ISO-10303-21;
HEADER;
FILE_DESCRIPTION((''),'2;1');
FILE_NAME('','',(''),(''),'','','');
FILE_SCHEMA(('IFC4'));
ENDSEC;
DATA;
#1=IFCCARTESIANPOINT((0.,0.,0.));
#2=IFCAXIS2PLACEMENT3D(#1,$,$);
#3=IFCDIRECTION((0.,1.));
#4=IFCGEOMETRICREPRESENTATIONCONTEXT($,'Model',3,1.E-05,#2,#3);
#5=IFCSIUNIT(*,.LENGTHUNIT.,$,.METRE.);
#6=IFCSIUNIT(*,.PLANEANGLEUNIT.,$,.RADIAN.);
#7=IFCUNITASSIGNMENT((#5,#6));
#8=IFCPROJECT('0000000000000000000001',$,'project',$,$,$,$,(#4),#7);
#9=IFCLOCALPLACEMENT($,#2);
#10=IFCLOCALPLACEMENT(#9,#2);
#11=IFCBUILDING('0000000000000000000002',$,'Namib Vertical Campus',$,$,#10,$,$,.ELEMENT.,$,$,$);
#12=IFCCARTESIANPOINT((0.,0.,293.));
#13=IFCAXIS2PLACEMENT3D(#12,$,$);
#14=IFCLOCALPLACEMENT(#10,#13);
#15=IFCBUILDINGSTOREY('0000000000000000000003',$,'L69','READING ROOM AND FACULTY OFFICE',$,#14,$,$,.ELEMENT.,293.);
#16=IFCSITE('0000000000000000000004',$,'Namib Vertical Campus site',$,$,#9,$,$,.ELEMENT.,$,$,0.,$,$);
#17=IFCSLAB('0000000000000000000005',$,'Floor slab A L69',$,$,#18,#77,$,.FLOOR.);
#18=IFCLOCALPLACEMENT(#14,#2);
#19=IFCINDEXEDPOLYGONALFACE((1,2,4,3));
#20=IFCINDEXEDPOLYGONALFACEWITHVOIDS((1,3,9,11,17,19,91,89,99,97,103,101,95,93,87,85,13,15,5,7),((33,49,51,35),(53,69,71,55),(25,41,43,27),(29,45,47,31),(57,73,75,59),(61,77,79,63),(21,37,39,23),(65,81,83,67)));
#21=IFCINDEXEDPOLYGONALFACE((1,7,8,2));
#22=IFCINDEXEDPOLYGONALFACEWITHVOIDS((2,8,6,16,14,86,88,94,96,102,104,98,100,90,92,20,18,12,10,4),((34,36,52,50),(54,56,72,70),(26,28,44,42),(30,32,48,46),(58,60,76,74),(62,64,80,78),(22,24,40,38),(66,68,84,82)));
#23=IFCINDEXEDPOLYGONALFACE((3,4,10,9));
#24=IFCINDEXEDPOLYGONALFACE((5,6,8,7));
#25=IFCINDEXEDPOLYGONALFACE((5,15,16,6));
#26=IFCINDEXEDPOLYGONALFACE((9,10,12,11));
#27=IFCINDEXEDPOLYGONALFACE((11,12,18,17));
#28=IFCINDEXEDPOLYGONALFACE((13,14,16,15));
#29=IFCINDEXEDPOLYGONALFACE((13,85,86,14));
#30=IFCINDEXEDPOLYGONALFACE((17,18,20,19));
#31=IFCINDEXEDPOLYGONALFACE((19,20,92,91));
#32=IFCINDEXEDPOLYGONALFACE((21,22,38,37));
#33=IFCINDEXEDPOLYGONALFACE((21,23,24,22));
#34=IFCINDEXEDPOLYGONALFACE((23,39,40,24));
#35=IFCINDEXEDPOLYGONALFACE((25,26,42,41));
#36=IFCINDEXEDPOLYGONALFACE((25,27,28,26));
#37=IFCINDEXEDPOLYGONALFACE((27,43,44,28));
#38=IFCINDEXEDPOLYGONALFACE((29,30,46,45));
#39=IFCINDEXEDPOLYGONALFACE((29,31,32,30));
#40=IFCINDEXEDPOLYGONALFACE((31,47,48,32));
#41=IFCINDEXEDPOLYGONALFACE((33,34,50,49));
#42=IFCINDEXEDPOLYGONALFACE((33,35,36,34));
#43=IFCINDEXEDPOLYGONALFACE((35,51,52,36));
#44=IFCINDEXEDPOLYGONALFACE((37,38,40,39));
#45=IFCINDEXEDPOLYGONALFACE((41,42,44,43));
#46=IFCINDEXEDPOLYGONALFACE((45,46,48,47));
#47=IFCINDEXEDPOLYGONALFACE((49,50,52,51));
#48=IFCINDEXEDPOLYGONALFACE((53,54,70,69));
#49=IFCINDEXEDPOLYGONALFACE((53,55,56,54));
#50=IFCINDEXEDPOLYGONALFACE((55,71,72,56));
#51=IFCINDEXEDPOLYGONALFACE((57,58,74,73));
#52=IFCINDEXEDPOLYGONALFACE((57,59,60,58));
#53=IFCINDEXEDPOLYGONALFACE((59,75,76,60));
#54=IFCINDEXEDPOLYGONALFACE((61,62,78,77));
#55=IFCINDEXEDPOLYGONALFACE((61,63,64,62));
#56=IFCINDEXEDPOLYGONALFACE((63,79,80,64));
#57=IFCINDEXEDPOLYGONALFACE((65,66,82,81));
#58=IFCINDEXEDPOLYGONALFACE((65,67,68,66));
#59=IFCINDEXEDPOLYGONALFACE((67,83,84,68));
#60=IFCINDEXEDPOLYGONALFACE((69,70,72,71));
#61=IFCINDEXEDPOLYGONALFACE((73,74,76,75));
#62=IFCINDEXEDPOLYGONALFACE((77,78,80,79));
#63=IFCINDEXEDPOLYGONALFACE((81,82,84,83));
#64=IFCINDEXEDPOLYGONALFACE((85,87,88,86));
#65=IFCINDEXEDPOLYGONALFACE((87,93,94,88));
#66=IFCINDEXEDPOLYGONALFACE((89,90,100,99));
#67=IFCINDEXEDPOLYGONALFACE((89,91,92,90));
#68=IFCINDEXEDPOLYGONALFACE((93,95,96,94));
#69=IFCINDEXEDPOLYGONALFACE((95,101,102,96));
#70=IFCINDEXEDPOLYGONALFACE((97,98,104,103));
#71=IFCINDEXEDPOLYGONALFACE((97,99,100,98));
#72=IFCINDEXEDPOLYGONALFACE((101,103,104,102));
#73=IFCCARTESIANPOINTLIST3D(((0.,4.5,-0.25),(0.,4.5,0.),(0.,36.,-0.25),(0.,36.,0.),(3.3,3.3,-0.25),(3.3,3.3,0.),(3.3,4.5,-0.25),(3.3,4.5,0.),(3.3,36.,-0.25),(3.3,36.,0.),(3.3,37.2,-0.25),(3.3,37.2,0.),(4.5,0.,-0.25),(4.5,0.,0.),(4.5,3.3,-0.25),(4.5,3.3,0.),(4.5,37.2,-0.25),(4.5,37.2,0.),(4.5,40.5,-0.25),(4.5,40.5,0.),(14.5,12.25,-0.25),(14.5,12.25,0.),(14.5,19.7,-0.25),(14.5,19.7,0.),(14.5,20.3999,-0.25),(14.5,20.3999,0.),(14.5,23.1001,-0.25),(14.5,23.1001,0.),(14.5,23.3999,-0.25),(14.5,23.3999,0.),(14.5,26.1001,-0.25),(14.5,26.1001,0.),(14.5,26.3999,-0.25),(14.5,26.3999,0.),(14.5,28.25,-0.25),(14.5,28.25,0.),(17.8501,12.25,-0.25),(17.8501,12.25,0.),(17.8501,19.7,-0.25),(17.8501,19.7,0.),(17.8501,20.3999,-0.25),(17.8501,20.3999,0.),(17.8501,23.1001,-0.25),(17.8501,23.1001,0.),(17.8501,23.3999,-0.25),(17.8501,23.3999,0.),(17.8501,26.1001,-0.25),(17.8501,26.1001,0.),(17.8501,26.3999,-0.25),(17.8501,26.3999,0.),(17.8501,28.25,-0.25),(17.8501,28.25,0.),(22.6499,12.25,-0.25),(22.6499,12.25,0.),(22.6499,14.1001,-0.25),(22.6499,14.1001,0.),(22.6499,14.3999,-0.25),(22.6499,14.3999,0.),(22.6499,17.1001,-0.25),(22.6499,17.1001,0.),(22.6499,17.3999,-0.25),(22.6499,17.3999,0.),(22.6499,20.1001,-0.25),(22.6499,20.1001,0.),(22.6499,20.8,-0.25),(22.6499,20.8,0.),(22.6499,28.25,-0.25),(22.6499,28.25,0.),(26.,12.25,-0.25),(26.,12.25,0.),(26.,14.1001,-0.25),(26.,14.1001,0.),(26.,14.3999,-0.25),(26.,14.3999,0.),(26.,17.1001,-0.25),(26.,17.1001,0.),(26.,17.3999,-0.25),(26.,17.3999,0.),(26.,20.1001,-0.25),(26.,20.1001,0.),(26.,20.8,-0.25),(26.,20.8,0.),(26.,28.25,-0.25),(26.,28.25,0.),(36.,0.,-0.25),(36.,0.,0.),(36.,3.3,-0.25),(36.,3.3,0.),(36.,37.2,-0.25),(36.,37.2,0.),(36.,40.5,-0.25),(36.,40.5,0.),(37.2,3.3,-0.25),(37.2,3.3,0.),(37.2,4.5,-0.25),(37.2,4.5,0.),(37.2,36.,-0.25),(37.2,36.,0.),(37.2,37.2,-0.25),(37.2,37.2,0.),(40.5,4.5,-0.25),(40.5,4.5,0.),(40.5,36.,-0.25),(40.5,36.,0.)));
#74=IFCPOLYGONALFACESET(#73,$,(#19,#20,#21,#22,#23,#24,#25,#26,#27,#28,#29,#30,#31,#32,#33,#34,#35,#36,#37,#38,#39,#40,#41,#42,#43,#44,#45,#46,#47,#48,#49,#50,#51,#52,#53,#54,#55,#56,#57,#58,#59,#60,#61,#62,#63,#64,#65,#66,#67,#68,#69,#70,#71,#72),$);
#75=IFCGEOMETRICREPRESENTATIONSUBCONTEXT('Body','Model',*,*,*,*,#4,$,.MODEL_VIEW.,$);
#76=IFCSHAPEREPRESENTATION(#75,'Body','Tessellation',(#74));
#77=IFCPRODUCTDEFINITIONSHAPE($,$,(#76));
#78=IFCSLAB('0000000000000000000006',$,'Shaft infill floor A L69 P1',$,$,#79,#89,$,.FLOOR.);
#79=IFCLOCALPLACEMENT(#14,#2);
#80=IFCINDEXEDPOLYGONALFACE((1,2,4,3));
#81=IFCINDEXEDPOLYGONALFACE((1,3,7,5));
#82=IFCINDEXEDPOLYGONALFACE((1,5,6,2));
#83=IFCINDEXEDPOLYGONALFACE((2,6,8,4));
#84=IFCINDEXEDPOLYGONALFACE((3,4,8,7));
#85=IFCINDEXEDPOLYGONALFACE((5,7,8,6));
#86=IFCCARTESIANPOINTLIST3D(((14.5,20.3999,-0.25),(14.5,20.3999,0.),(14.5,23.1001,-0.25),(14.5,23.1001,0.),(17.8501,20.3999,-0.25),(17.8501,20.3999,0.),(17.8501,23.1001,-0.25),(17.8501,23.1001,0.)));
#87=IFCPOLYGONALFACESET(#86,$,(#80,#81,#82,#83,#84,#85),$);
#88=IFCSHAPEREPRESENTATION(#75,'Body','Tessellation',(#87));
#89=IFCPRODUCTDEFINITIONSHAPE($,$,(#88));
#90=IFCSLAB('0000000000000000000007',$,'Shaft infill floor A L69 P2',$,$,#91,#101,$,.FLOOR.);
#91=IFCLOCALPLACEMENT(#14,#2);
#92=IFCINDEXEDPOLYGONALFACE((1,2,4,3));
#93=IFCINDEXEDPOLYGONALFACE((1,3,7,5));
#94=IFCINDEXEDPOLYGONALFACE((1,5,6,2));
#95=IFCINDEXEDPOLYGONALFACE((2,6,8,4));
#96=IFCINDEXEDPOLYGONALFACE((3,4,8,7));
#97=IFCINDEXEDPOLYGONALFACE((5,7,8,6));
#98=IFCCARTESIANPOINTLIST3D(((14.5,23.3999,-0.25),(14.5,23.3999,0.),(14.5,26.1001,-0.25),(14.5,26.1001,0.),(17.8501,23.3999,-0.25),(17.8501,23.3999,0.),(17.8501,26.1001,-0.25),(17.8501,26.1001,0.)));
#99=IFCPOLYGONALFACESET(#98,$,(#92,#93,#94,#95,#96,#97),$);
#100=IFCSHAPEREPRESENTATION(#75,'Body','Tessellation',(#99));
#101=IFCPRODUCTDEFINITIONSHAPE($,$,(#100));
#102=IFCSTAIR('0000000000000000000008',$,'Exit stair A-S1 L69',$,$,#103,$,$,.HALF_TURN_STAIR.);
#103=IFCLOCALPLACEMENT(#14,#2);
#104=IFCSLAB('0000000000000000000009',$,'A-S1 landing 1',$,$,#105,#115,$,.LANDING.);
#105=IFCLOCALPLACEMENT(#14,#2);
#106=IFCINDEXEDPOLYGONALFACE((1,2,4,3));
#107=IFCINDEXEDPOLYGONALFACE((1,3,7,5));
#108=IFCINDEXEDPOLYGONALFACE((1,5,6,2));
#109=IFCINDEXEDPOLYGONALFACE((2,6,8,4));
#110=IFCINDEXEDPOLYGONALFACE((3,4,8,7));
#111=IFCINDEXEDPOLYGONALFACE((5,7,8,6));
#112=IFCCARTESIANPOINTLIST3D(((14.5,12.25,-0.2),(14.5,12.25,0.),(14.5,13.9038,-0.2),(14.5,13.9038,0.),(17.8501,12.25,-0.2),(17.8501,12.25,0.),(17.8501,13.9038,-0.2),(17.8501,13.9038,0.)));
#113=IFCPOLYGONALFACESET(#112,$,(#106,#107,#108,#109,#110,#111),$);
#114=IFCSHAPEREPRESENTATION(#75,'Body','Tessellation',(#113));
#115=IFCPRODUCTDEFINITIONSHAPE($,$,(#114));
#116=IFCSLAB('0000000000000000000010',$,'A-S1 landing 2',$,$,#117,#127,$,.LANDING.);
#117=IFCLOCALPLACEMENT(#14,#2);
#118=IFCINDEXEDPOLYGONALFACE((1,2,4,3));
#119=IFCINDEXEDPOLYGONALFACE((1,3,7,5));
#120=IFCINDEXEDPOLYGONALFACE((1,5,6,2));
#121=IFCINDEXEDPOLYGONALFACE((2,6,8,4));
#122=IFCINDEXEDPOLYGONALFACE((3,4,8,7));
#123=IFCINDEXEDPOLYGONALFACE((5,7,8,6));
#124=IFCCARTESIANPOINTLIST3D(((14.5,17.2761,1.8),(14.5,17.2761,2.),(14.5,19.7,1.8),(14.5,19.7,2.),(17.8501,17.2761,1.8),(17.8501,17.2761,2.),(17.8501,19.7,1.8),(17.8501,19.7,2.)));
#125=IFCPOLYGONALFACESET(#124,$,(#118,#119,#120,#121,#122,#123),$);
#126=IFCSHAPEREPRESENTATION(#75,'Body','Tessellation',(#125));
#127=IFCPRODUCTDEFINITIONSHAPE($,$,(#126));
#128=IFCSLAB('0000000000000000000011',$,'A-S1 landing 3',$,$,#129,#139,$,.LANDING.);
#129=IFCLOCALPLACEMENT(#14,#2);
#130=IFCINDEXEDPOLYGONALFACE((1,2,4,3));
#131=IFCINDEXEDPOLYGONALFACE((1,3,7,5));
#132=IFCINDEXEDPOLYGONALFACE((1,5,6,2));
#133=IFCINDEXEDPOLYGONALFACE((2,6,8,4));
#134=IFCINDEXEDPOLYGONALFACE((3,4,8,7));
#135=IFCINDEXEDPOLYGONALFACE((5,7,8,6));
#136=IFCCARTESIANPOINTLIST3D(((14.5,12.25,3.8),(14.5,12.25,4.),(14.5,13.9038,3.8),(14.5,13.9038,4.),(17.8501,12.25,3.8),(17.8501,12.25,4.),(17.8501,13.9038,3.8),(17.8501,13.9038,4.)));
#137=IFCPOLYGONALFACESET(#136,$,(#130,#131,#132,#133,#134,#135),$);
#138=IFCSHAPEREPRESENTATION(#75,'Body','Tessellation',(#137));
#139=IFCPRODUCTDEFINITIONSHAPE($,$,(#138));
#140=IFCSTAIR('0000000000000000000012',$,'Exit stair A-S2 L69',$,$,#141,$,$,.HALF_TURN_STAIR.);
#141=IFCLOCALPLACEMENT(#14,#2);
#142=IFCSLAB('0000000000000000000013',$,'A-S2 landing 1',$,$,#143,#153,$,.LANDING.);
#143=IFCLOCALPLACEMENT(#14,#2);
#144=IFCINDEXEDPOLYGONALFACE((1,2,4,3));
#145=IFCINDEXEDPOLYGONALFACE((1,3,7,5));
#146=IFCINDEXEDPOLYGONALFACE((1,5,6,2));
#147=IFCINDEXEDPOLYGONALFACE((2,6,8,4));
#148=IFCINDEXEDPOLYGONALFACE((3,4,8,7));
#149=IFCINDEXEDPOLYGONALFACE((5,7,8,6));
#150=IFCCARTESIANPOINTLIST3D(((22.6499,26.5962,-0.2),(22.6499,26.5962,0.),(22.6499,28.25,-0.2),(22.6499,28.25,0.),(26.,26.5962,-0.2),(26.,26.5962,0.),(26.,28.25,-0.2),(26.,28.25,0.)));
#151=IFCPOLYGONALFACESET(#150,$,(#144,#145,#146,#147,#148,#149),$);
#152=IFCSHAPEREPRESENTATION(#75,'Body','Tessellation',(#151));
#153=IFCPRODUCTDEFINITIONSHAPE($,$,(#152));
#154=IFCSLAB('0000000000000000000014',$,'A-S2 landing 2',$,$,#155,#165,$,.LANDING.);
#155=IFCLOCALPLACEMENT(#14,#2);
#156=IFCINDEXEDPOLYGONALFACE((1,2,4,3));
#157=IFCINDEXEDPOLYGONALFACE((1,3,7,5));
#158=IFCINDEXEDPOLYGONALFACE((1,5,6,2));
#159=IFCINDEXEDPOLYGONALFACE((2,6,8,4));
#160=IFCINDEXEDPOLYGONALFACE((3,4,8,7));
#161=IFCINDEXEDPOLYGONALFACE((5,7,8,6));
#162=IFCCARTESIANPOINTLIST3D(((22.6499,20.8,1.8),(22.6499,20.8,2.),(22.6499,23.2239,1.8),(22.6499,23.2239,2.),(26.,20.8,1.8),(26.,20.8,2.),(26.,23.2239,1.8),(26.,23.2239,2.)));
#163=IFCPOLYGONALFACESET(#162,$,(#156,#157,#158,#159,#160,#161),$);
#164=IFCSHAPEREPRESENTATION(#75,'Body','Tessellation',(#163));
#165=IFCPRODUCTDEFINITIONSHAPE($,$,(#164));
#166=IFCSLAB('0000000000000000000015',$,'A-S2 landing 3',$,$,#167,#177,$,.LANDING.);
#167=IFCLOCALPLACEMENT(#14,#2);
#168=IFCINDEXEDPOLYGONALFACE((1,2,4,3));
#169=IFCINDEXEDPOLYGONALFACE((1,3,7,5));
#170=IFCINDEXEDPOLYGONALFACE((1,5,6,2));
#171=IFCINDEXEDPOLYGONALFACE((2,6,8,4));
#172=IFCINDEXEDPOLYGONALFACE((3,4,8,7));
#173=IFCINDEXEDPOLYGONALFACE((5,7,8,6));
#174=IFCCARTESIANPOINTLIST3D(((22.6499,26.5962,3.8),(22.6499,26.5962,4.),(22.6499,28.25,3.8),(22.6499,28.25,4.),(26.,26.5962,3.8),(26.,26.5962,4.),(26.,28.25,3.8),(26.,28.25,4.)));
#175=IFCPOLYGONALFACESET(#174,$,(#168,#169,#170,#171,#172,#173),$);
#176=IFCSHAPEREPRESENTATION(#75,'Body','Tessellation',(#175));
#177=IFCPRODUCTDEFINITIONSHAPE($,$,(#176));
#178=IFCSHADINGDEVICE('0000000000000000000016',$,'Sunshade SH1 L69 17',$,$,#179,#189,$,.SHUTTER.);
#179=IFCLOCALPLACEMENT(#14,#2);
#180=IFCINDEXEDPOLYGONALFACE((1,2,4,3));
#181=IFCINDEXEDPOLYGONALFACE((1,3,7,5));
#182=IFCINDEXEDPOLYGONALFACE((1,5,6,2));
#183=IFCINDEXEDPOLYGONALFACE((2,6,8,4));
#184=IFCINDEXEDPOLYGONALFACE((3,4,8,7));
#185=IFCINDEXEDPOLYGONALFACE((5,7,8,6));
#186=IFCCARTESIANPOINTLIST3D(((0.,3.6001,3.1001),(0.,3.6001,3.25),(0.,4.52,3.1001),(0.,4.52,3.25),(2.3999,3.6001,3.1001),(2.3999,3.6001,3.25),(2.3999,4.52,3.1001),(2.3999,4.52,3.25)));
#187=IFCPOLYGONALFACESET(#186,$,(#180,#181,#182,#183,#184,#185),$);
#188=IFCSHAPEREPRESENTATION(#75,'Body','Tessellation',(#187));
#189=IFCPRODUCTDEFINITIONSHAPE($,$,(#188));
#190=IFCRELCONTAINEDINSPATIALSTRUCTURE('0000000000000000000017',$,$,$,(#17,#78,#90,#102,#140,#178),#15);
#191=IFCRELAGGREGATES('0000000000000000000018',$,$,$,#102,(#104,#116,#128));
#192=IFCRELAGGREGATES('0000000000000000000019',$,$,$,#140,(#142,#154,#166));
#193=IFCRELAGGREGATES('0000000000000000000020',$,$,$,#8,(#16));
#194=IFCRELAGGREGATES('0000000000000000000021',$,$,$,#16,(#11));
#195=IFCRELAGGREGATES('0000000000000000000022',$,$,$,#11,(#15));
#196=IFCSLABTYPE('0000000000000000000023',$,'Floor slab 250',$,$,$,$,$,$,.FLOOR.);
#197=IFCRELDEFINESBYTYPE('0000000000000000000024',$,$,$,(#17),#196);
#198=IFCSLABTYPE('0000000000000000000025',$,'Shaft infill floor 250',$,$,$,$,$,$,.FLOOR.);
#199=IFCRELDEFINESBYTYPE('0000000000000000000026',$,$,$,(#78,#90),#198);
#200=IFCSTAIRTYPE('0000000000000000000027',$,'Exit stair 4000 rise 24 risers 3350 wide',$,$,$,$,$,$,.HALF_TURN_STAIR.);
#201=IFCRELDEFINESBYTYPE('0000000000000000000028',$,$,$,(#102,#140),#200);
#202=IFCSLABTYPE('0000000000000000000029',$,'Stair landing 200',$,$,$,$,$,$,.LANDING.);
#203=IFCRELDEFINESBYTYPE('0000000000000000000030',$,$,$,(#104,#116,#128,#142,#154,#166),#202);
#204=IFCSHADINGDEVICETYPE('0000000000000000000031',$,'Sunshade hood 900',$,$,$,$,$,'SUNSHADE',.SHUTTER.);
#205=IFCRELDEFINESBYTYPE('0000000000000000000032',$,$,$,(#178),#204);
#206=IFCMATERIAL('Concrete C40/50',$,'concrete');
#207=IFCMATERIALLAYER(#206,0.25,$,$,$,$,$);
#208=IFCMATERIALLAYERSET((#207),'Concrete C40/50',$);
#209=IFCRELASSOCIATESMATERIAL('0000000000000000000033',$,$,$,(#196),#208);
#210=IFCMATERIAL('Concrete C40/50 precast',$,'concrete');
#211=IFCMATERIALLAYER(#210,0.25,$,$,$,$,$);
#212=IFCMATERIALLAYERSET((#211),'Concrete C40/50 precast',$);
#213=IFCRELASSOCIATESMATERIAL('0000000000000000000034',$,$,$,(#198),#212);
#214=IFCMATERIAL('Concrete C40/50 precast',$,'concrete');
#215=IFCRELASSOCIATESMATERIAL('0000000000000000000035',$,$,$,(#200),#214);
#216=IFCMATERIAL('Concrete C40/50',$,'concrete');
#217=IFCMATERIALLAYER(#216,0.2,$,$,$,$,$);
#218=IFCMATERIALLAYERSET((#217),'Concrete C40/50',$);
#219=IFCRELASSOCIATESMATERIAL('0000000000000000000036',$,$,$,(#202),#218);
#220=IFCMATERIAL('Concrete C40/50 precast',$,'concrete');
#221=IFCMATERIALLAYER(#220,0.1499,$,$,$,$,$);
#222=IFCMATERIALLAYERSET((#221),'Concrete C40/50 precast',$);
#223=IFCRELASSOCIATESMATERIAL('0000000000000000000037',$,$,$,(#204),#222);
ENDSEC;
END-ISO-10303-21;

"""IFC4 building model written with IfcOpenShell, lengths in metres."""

from ifc_helpers import new_model, si_unit, direction, frame, origin, origin_2d, place, context, subcontext, project, spatial, polyline, rectangle, outline, extrude, material, layer, layer_set, type_object, element, aggregate, save


model = new_model("IFC4")

# Units and contexts
model_context = context("Model", 3, precision=1e-05, world=origin(), true_north=direction((0.0, 1.0)))
body_context = subcontext(model_context, "Body", "Model", "MODEL_VIEW")
ifc_project = project(units=[si_unit("LENGTHUNIT", "METRE"), si_unit("PLANEANGLEUNIT", "RADIAN")], contexts=[model_context])

# Site, building, storey
site_placement = place(None, origin())
site = spatial("IfcSite", under=ifc_project, at=site_placement, Name="Namib Vertical Campus site", CompositionType="ELEMENT", RefElevation=0.0)
building_placement = place(site_placement, origin())
building = spatial("IfcBuilding", under=site, at=building_placement, Name="Namib Vertical Campus", CompositionType="ELEMENT")
storey_placement = place(building_placement, frame((0.0, 0.0, 293.0)))
storey = spatial("IfcBuildingStorey", under=building, at=storey_placement, Name="L69", Description="READING ROOM AND FACULTY OFFICE", CompositionType="ELEMENT", Elevation=293.0)

# Slabs
ifc_material_1 = material(Name="Concrete C40/50", Category="concrete")
ifc_layer_1 = layer(ifc_material_1, 0.25)
ifc_layer_set_1 = layer_set([ifc_layer_1], Name="Concrete C40/50")
slab_type_1 = type_object("IfcSlabType", Name="Floor slab 250", PredefinedType="FLOOR", material=ifc_layer_set_1)
slab_1_placement = place(storey_placement, frame((0.0, 0.0, -0.25)))
element("IfcSlab", 1, at=slab_1_placement, inside=storey, type_object=slab_type_1, Name="Floor slab A L69", PredefinedType="FLOOR", context=body_context, shape_type="SweptSolid", body=[
    extrude(outline(polyline([(4.5, 0.0), (36.0, 0.0), (36.0, 3.3), (37.2, 3.3), (37.2, 4.5), (40.5, 4.5), (40.5, 36.0), (37.2, 36.0), (37.2, 37.2), (36.0, 37.2), (36.0, 40.5), (4.5, 40.5), (4.5, 37.2), (3.3, 37.2), (3.3, 36.0), (0.0, 36.0), (0.0, 4.5), (3.3, 4.5), (3.3, 3.3), (4.5, 3.3), (4.5, 0.0)]), holes=[polyline([(14.5, 12.25), (17.8501, 12.25), (17.8501, 19.7), (14.5, 19.7), (14.5, 12.25)]), polyline([(22.6499, 20.8), (26.0, 20.8), (26.0, 28.25), (22.6499, 28.25), (22.6499, 20.8)]), polyline([(22.6499, 12.25), (26.0, 12.25), (26.0, 14.1001), (22.6499, 14.1001), (22.6499, 12.25)]), polyline([(14.5, 20.3999), (17.8501, 20.3999), (17.8501, 23.1001), (14.5, 23.1001), (14.5, 20.3999)]), polyline([(14.5, 23.3999), (17.8501, 23.3999), (17.8501, 26.1001), (14.5, 26.1001), (14.5, 23.3999)]), polyline([(14.5, 26.3999), (17.8501, 26.3999), (17.8501, 28.25), (14.5, 28.25), (14.5, 26.3999)]), polyline([(22.6499, 14.3999), (26.0, 14.3999), (26.0, 17.1001), (22.6499, 17.1001), (22.6499, 14.3999)]), polyline([(22.6499, 17.3999), (26.0, 17.3999), (26.0, 20.1001), (22.6499, 20.1001), (22.6499, 17.3999)])]), origin(), (0.0, 0.0, 1.0), 0.25),
])
ifc_material_2 = material(Name="Concrete C40/50 precast", Category="concrete")
ifc_layer_2 = layer(ifc_material_2, 0.25)
ifc_layer_set_2 = layer_set([ifc_layer_2], Name="Concrete C40/50 precast")
slab_type_2 = type_object("IfcSlabType", Name="Shaft infill floor 250", PredefinedType="FLOOR", material=ifc_layer_set_2)
slab_2_placement = place(storey_placement, frame((0.0, 0.0, -0.25)))
element("IfcSlab", 2, at=slab_2_placement, inside=storey, type_object=slab_type_2, Name="Shaft infill floor A L69 P1", PredefinedType="FLOOR", context=body_context, shape_type="SweptSolid", body=[
    extrude(outline(polyline([(14.5, 20.3999), (17.8501, 20.3999), (17.8501, 23.1001), (14.5, 23.1001), (14.5, 20.3999)])), origin(), (0.0, 0.0, 1.0), 0.25),
])
slab_3_placement = place(storey_placement, frame((0.0, 0.0, -0.25)))
element("IfcSlab", 3, at=slab_3_placement, inside=storey, type_object=slab_type_2, Name="Shaft infill floor A L69 P2", PredefinedType="FLOOR", context=body_context, shape_type="SweptSolid", body=[
    extrude(outline(polyline([(14.5, 23.3999), (17.8501, 23.3999), (17.8501, 26.1001), (14.5, 26.1001), (14.5, 23.3999)])), origin(), (0.0, 0.0, 1.0), 0.25),
])

# Stairs, slabs
ifc_material_3 = material(Name="Concrete C40/50 precast", Category="concrete")
stair_type = type_object("IfcStairType", Name="Exit stair 4000 rise 24 risers 3350 wide", PredefinedType="HALF_TURN_STAIR", material=ifc_material_3)
stair_1_placement = place(storey_placement, origin())
stair_1 = element("IfcStair", 4, at=stair_1_placement, inside=storey, type_object=stair_type, Name="Exit stair A-S1 L69", PredefinedType="HALF_TURN_STAIR")
ifc_material_4 = material(Name="Concrete C40/50", Category="concrete")
ifc_layer_3 = layer(ifc_material_4, 0.2)
ifc_layer_set_3 = layer_set([ifc_layer_3], Name="Concrete C40/50")
slab_type_3 = type_object("IfcSlabType", Name="Stair landing 200", PredefinedType="LANDING", material=ifc_layer_set_3)
slab_4_placement = place(storey_placement, frame((0.0, 0.0, -0.2)))
slab_4 = element("IfcSlab", 5, at=slab_4_placement, type_object=slab_type_3, Name="A-S1 landing 1", PredefinedType="LANDING", context=body_context, shape_type="SweptSolid", body=[
    extrude(outline(polyline([(14.5, 12.25), (17.8501, 12.25), (17.8501, 13.9038), (14.5, 13.9038), (14.5, 12.25)])), origin(), (0.0, 0.0, 1.0), 0.2),
])
slab_5_placement = place(storey_placement, frame((0.0, 0.0, 1.8)))
slab_5 = element("IfcSlab", 6, at=slab_5_placement, type_object=slab_type_3, Name="A-S1 landing 2", PredefinedType="LANDING", context=body_context, shape_type="SweptSolid", body=[
    extrude(outline(polyline([(14.5, 17.2761), (17.8501, 17.2761), (17.8501, 19.7), (14.5, 19.7), (14.5, 17.2761)])), origin(), (0.0, 0.0, 1.0), 0.2),
])
slab_6_placement = place(storey_placement, frame((0.0, 0.0, 3.8)))
slab_6 = element("IfcSlab", 7, at=slab_6_placement, type_object=slab_type_3, Name="A-S1 landing 3", PredefinedType="LANDING", context=body_context, shape_type="SweptSolid", body=[
    extrude(outline(polyline([(14.5, 12.25), (17.8501, 12.25), (17.8501, 13.9038), (14.5, 13.9038), (14.5, 12.25)])), origin(), (0.0, 0.0, 1.0), 0.2),
])
aggregate(stair_1, [slab_4, slab_5, slab_6])
stair_2_placement = place(storey_placement, origin())
stair_2 = element("IfcStair", 8, at=stair_2_placement, inside=storey, type_object=stair_type, Name="Exit stair A-S2 L69", PredefinedType="HALF_TURN_STAIR")
slab_7_placement = place(storey_placement, frame((0.0, 0.0, -0.2)))
slab_7 = element("IfcSlab", 9, at=slab_7_placement, type_object=slab_type_3, Name="A-S2 landing 1", PredefinedType="LANDING", context=body_context, shape_type="SweptSolid", body=[
    extrude(outline(polyline([(22.6499, 26.5962), (26.0, 26.5962), (26.0, 28.25), (22.6499, 28.25), (22.6499, 26.5962)])), origin(), (0.0, 0.0, 1.0), 0.2),
])
slab_8_placement = place(storey_placement, frame((0.0, 0.0, 1.8)))
slab_8 = element("IfcSlab", 10, at=slab_8_placement, type_object=slab_type_3, Name="A-S2 landing 2", PredefinedType="LANDING", context=body_context, shape_type="SweptSolid", body=[
    extrude(outline(polyline([(22.6499, 20.8), (26.0, 20.8), (26.0, 23.2239), (22.6499, 23.2239), (22.6499, 20.8)])), origin(), (0.0, 0.0, 1.0), 0.2),
])
slab_9_placement = place(storey_placement, frame((0.0, 0.0, 3.8)))
slab_9 = element("IfcSlab", 11, at=slab_9_placement, type_object=slab_type_3, Name="A-S2 landing 3", PredefinedType="LANDING", context=body_context, shape_type="SweptSolid", body=[
    extrude(outline(polyline([(22.6499, 26.5962), (26.0, 26.5962), (26.0, 28.25), (22.6499, 28.25), (22.6499, 26.5962)])), origin(), (0.0, 0.0, 1.0), 0.2),
])
aggregate(stair_2, [slab_7, slab_8, slab_9])

# Shading device
ifc_material_5 = material(Name="Concrete C40/50 precast", Category="concrete")
ifc_layer_4 = layer(ifc_material_5, 0.1499)
ifc_layer_set_4 = layer_set([ifc_layer_4], Name="Concrete C40/50 precast")
shading_device_type = type_object("IfcShadingDeviceType", Name="Sunshade hood 900", ElementType="SUNSHADE", PredefinedType="SHUTTER", material=ifc_layer_set_4)
for number, where, z_axis, x_axis, name in (
    (12, (1.2, 4.0601, 3.1001), (0.0, 0.0, 1.0), (1.0, 0.0, 0.0), "Sunshade SH1 L69 17"),
):
    element("IfcShadingDevice", number, at=place(storey_placement, frame(where, z_axis=z_axis, x_axis=x_axis)), inside=storey, type_object=shading_device_type, Name=name, PredefinedType="SHUTTER", context=body_context, shape_type="SweptSolid", body=[
        extrude(rectangle(XDim=2.3999, YDim=0.9199, at=origin_2d()), origin(), (0.0, 0.0, 1.0), 0.1499),
    ])

save(model, "model.ifc")
